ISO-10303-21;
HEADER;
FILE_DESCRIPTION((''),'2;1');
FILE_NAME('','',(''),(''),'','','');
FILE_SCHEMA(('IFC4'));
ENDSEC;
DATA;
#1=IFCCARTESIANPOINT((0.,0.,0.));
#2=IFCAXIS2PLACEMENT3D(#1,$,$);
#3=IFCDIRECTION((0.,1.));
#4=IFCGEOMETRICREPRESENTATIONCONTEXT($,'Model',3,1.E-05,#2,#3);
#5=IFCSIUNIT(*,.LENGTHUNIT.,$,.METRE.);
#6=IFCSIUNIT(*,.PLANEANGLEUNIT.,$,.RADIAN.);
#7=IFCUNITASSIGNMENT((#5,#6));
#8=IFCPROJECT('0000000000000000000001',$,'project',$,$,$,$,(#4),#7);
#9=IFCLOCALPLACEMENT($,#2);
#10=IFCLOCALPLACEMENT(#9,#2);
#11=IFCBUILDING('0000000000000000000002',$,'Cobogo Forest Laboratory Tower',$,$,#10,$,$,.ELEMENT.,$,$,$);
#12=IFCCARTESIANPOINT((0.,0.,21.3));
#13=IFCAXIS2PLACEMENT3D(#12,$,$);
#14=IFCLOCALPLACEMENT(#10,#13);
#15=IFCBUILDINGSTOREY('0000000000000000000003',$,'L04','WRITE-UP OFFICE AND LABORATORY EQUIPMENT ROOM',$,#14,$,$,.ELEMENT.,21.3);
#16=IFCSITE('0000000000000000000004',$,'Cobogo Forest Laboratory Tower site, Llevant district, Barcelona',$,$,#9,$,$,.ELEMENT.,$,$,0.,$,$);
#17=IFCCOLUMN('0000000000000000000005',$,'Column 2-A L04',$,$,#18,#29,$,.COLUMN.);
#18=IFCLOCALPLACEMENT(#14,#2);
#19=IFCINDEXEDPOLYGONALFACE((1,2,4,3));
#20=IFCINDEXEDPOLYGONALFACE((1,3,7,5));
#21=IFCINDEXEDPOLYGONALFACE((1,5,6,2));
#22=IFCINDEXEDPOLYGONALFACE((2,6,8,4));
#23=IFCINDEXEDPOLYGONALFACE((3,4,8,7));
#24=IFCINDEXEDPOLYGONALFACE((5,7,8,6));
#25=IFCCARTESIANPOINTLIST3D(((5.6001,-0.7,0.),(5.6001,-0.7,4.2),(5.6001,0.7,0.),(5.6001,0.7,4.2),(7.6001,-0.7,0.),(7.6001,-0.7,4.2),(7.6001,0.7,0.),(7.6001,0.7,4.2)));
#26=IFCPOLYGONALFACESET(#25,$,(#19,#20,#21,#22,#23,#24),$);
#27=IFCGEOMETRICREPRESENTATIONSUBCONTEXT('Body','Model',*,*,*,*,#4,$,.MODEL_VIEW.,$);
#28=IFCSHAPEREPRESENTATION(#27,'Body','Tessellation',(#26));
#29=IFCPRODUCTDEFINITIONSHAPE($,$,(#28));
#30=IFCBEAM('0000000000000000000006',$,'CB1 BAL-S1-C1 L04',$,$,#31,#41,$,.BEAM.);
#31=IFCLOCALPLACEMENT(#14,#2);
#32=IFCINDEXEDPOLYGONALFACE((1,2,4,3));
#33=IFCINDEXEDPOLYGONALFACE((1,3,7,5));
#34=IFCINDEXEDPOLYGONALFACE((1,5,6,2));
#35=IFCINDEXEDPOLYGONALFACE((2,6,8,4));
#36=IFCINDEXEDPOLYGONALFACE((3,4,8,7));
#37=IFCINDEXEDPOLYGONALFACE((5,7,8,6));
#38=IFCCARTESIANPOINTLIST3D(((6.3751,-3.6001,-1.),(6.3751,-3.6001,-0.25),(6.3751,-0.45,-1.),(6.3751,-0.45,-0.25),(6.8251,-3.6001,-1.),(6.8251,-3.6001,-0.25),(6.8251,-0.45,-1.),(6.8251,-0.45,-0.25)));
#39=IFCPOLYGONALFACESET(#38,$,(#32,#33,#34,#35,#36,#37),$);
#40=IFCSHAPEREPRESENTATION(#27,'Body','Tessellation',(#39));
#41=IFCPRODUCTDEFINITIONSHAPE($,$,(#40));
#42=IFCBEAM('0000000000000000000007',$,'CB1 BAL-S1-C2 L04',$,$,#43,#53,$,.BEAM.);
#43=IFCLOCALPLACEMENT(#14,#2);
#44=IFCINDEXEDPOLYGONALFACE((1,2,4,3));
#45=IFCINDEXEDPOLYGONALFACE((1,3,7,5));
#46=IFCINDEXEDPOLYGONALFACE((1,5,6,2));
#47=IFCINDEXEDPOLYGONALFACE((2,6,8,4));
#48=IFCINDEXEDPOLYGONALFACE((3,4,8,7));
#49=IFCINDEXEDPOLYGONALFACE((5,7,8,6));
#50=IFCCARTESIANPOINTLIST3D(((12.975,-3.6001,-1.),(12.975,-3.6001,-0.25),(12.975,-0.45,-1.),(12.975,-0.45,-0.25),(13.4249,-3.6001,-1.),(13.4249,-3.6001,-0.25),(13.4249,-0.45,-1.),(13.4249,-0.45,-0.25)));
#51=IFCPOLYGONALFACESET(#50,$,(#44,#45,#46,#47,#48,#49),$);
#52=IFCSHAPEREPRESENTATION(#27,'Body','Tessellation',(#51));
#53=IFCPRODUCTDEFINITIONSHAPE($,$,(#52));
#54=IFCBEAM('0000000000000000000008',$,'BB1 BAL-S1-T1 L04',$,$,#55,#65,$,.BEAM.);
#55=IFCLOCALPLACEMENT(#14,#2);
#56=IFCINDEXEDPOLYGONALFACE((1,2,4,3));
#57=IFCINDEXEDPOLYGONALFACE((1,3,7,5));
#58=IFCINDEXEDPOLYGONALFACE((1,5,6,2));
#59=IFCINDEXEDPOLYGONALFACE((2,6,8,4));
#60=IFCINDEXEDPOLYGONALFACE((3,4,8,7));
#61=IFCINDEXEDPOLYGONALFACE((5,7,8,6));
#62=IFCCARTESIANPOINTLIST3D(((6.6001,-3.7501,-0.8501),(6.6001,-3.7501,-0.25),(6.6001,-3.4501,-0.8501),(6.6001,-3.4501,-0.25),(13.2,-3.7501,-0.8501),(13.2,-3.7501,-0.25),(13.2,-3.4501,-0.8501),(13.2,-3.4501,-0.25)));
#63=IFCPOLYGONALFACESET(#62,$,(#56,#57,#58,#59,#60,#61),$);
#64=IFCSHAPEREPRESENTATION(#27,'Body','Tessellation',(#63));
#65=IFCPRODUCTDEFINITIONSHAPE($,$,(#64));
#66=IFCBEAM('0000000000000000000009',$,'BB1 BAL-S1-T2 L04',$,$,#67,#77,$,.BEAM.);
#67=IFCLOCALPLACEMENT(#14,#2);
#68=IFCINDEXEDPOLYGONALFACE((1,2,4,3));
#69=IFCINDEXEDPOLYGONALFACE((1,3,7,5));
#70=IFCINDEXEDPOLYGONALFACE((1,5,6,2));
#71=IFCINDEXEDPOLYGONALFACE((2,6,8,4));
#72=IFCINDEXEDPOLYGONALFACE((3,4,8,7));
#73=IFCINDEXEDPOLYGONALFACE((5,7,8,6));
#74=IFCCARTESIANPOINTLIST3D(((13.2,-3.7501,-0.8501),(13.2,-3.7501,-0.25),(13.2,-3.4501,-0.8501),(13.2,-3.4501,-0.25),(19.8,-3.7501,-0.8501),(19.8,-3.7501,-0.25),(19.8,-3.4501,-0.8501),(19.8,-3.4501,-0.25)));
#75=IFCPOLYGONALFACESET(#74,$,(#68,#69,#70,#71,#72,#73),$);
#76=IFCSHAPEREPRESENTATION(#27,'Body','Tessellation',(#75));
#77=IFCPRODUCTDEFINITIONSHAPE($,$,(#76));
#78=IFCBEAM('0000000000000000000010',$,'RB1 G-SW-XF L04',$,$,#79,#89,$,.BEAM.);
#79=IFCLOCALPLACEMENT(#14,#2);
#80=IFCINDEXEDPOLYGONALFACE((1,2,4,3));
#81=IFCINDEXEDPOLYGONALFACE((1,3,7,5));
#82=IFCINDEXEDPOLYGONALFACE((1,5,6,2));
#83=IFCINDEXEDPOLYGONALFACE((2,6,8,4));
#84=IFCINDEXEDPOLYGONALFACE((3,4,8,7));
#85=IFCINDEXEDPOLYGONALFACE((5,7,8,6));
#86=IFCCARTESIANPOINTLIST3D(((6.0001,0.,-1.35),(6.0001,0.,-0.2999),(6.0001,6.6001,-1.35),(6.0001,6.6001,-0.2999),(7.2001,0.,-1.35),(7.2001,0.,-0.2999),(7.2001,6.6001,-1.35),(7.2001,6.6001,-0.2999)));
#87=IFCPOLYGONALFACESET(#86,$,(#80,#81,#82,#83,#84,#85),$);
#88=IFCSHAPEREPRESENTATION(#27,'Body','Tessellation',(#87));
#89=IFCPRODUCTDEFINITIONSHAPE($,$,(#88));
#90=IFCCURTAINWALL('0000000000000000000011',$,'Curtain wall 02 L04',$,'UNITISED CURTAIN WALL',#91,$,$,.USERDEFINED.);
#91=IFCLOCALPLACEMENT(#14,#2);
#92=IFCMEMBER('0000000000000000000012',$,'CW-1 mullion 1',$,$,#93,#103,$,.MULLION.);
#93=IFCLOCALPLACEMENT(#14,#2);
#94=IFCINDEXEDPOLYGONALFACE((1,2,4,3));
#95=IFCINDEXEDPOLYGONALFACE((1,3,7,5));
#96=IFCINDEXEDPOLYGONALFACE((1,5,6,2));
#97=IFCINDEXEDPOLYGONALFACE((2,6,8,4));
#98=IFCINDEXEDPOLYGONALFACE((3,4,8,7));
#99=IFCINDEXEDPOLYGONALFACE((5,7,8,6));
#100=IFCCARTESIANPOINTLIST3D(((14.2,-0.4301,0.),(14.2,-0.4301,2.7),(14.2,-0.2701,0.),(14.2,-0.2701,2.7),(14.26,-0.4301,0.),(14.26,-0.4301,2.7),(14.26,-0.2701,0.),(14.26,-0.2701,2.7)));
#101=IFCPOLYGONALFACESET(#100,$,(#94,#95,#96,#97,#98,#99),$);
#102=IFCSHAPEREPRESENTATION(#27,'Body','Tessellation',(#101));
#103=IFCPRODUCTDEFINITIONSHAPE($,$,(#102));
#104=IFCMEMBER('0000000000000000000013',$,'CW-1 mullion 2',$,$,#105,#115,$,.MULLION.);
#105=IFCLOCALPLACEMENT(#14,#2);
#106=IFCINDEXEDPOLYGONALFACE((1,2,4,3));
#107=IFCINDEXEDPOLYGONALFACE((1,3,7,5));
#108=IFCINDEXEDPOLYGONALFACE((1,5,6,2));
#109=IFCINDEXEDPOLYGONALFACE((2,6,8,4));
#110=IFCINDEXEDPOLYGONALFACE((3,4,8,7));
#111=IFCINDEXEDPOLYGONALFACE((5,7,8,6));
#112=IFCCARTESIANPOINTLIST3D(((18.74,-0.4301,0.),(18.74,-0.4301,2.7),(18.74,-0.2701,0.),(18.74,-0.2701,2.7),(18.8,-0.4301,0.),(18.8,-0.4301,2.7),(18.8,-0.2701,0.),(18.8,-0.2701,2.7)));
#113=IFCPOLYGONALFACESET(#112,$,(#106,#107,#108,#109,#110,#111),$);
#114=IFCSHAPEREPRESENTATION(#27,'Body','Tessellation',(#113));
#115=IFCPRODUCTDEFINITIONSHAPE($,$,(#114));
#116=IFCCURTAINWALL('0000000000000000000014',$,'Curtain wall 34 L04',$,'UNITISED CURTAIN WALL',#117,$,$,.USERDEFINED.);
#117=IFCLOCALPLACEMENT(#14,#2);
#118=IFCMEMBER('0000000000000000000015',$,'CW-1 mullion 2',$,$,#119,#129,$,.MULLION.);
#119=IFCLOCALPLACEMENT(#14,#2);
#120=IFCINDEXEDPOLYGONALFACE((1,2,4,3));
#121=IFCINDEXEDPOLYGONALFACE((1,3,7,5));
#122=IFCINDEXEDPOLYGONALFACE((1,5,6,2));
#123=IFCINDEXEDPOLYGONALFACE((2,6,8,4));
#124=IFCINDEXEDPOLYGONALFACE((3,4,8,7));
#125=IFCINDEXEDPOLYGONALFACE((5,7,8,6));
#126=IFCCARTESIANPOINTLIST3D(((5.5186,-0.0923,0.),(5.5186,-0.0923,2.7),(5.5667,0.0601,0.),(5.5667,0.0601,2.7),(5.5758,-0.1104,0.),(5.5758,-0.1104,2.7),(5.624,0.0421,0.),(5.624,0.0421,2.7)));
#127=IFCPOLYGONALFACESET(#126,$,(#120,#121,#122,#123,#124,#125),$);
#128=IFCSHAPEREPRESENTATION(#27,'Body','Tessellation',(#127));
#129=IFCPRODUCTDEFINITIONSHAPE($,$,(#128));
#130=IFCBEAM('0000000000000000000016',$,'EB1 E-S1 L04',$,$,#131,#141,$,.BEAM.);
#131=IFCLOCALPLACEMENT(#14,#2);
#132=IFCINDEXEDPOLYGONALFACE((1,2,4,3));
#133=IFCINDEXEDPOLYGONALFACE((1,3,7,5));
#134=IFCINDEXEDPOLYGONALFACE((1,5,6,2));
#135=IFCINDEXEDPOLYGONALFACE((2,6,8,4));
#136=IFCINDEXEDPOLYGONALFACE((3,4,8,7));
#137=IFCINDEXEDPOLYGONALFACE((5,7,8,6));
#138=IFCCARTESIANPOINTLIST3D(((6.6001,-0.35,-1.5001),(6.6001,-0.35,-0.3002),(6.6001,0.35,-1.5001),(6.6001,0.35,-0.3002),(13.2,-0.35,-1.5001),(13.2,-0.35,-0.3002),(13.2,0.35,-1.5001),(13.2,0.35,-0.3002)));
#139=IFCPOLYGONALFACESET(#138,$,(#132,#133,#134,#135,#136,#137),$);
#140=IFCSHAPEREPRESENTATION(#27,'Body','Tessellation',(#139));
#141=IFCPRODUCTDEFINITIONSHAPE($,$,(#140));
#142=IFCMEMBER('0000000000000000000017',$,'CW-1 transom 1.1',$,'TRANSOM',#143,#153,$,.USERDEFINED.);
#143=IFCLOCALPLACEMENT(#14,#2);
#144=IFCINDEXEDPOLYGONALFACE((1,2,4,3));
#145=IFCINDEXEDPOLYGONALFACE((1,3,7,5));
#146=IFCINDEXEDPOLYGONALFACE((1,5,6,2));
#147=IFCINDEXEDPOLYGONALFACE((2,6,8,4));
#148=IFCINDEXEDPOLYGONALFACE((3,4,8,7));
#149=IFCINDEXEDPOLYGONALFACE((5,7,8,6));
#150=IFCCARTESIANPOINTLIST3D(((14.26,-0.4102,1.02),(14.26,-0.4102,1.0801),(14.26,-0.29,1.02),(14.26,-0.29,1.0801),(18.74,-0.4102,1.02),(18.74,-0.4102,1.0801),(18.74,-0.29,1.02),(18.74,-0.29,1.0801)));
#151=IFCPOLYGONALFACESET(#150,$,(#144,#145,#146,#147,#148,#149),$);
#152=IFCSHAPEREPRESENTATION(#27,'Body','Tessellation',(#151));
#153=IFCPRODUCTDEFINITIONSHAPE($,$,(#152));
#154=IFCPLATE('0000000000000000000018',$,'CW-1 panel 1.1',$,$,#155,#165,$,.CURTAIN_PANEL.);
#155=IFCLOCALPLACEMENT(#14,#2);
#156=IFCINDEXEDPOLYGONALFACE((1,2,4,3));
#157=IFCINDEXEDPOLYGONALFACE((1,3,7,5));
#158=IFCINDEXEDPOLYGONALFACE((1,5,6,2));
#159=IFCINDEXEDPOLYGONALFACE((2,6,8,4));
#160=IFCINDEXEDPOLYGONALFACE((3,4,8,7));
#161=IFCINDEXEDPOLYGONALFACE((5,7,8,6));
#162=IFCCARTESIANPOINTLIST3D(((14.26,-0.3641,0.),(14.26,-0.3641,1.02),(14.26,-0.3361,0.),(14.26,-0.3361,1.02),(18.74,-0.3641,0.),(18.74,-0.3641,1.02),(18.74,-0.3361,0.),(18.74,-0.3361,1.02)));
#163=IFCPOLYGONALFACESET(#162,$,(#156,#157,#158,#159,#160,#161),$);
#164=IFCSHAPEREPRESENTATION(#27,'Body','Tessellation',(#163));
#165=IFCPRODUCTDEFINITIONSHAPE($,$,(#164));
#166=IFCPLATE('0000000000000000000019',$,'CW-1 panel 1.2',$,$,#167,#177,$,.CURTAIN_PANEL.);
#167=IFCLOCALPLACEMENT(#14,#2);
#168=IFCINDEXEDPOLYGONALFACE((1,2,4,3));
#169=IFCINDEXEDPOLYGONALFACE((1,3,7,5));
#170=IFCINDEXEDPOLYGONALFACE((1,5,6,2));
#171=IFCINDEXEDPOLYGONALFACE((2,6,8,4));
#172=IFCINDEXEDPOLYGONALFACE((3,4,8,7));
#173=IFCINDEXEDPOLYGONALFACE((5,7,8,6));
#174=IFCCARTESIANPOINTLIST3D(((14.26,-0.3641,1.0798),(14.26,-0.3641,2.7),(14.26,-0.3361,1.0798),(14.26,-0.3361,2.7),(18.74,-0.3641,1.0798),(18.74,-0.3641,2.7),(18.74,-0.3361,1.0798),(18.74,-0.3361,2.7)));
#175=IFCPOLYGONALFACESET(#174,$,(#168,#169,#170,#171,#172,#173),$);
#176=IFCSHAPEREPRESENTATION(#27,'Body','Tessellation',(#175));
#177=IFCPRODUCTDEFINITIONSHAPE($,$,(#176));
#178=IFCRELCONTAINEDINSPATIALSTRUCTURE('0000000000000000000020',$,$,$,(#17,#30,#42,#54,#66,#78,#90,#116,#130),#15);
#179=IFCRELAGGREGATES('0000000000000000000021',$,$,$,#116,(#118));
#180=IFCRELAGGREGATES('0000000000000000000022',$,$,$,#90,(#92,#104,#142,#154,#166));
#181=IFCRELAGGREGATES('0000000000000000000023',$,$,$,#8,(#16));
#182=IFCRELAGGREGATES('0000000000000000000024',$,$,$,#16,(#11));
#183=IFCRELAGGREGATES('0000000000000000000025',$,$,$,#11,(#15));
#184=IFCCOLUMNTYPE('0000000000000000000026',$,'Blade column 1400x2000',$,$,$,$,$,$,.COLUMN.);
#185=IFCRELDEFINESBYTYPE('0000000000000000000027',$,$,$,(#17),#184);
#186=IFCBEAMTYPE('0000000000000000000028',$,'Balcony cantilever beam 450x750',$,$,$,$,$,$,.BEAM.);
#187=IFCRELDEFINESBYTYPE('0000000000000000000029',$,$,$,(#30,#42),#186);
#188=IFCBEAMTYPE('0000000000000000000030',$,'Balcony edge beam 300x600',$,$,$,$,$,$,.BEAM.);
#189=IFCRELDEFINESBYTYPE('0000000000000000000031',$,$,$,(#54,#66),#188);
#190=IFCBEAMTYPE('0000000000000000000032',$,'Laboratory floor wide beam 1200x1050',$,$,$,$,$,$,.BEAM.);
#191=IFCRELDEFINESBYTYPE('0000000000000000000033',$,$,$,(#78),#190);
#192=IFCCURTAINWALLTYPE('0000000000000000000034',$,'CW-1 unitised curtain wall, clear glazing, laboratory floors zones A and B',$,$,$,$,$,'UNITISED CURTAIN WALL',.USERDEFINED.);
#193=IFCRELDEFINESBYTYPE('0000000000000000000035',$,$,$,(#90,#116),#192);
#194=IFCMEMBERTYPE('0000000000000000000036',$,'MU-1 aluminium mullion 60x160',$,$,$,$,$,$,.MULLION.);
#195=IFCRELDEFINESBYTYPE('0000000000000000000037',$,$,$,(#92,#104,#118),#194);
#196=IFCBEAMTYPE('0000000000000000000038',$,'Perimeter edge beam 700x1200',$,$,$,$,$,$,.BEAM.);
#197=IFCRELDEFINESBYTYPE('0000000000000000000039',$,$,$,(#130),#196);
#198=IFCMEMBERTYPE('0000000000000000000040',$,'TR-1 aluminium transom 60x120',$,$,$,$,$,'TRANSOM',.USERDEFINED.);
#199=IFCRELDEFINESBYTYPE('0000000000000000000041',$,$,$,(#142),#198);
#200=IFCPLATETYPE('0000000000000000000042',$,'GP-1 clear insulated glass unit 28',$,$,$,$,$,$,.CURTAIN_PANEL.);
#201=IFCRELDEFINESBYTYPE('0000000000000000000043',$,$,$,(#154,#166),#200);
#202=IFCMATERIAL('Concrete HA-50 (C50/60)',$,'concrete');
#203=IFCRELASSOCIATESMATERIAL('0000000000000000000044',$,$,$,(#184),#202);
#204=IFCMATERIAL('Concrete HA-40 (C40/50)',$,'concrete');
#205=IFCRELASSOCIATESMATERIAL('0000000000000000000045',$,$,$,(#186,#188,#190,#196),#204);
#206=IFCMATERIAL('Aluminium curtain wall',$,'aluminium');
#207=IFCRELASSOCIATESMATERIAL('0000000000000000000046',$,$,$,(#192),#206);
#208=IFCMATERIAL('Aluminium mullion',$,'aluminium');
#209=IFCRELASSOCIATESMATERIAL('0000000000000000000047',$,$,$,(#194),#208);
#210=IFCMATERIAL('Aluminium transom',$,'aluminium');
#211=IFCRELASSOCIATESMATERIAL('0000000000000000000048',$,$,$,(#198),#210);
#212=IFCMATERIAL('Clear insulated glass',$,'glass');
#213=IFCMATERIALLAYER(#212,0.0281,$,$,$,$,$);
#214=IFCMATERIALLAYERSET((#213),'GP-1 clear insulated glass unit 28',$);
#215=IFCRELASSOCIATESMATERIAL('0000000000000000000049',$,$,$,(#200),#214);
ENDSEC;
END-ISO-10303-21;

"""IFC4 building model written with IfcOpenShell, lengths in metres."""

from ifc_helpers import new_model, si_unit, direction, frame, origin, origin_2d, place, context, subcontext, project, spatial, rectangle, extrude, material, layer, layer_set, material_profile, profile_set, type_object, element, aggregate, save


model = new_model("IFC4")

# Units and contexts
model_context = context("Model", 3, precision=1e-05, world=origin(), true_north=direction((0.0, 1.0)))
body_context = subcontext(model_context, "Body", "Model", "MODEL_VIEW")
ifc_project = project(units=[si_unit("LENGTHUNIT", "METRE"), si_unit("PLANEANGLEUNIT", "RADIAN")], contexts=[model_context])

# Site, building, storey
site_placement = place(None, origin())
site = spatial("IfcSite", under=ifc_project, at=site_placement, Name="Cobogo Forest Laboratory Tower site, Llevant district, Barcelona", CompositionType="ELEMENT", RefElevation=0.0)
building_placement = place(site_placement, origin())
building = spatial("IfcBuilding", under=site, at=building_placement, Name="Cobogo Forest Laboratory Tower", CompositionType="ELEMENT")
storey_placement = place(building_placement, frame((0.0, 0.0, 21.3)))
storey = spatial("IfcBuildingStorey", under=building, at=storey_placement, Name="L04", Description="WRITE-UP OFFICE AND LABORATORY EQUIPMENT ROOM", CompositionType="ELEMENT", Elevation=21.3)

# Column
ifc_material_1 = material(Name="Concrete HA-50 (C50/60)", Category="concrete")
ifc_material_profile_1 = material_profile(ifc_material_1, rectangle(XDim=2.0, YDim=1.3999, at=origin_2d()), Name="RC 1400x2000")
ifc_profile_set_1 = profile_set([ifc_material_profile_1], Name="Concrete HA-50 (C50/60)")
column_type = type_object("IfcColumnType", Name="Blade column 1400x2000", PredefinedType="COLUMN", material=ifc_profile_set_1)
column_placement = place(storey_placement, frame((6.6001, 0.0, 0.0), z_axis=(0.0, 0.0, 1.0), x_axis=(1.0, 0.0, 0.0)))
element("IfcColumn", 1, at=column_placement, inside=storey, type_object=column_type, Name="Column 2-A L04", PredefinedType="COLUMN", context=body_context, shape_type="SweptSolid", body=[
    extrude(rectangle(XDim=2.0, YDim=1.3999, at=origin_2d()), origin(), (0.0, 0.0, 1.0), 4.2),
])

# Beams
ifc_material_2 = material(Name="Concrete HA-40 (C40/50)", Category="concrete")
ifc_material_profile_2 = material_profile(ifc_material_2, rectangle(XDim=0.45, YDim=0.75, at=origin_2d()), Name="RC 450x750")
ifc_profile_set_2 = profile_set([ifc_material_profile_2], Name="Concrete HA-40 (C40/50)")
beam_type_1 = type_object("IfcBeamType", Name="Balcony cantilever beam 450x750", PredefinedType="BEAM", material=ifc_profile_set_2)
for number, where, z_axis, x_axis, name in (
    (2, (6.6001, -0.45, -0.625), (0.0, -1.0, 0.0), (1.0, 0.0, 0.0), "CB1 BAL-S1-C1 L04"),
    (3, (13.2, -0.45, -0.625), (0.0, -1.0, 0.0), (1.0, 0.0, 0.0), "CB1 BAL-S1-C2 L04"),
):
    element("IfcBeam", number, at=place(storey_placement, frame(where, z_axis=z_axis, x_axis=x_axis)), inside=storey, type_object=beam_type_1, Name=name, PredefinedType="BEAM", context=body_context, shape_type="SweptSolid", body=[
        extrude(rectangle(XDim=0.45, YDim=0.75, at=origin_2d()), origin(), (0.0, 0.0, 1.0), 3.1501),
    ])
ifc_material_profile_3 = material_profile(ifc_material_2, rectangle(XDim=0.3, YDim=0.6001, at=origin_2d()), Name="RC 300x600")
ifc_profile_set_3 = profile_set([ifc_material_profile_3], Name="Concrete HA-40 (C40/50)")
beam_type_2 = type_object("IfcBeamType", Name="Balcony edge beam 300x600", PredefinedType="BEAM", material=ifc_profile_set_3)
beam_1_placement = place(storey_placement, frame((6.6001, -3.6001, -0.55), z_axis=(1.0, 0.0, 0.0), x_axis=(0.0, 1.0, 0.0)))
element("IfcBeam", 4, at=beam_1_placement, inside=storey, type_object=beam_type_2, Name="BB1 BAL-S1-T1 L04", PredefinedType="BEAM", context=body_context, shape_type="SweptSolid", body=[
    extrude(rectangle(XDim=0.3, YDim=0.6001, at=origin_2d()), origin(), (0.0, 0.0, 1.0), 6.5999),
])
beam_2_placement = place(storey_placement, frame((13.2, -3.6001, -0.55), z_axis=(1.0, 0.0, 0.0), x_axis=(0.0, 1.0, 0.0)))
element("IfcBeam", 5, at=beam_2_placement, inside=storey, type_object=beam_type_2, Name="BB1 BAL-S1-T2 L04", PredefinedType="BEAM", context=body_context, shape_type="SweptSolid", body=[
    extrude(rectangle(XDim=0.3, YDim=0.6001, at=origin_2d()), origin(), (0.0, 0.0, 1.0), 6.6001),
])
ifc_material_profile_4 = material_profile(ifc_material_2, rectangle(XDim=1.2, YDim=1.05, at=origin_2d()), Name="RC 1200x1050")
ifc_profile_set_4 = profile_set([ifc_material_profile_4], Name="Concrete HA-40 (C40/50)")
beam_type_3 = type_object("IfcBeamType", Name="Laboratory floor wide beam 1200x1050", PredefinedType="BEAM", material=ifc_profile_set_4)
beam_3_placement = place(storey_placement, frame((6.6001, 0.0, -0.825), z_axis=(0.0, 1.0, 0.0), x_axis=(-1.0, 0.0, 0.0)))
element("IfcBeam", 6, at=beam_3_placement, inside=storey, type_object=beam_type_3, Name="RB1 G-SW-XF L04", PredefinedType="BEAM", context=body_context, shape_type="SweptSolid", body=[
    extrude(rectangle(XDim=1.2, YDim=1.05, at=origin_2d()), origin(), (0.0, 0.0, 1.0), 6.6001),
])

# Curtain wall, members
ifc_material_3 = material(Name="Aluminium curtain wall", Category="aluminium")
curtain_wall_type = type_object("IfcCurtainWallType", Name="CW-1 unitised curtain wall, clear glazing, laboratory floors zones A and B", ElementType="UNITISED CURTAIN WALL", PredefinedType="USERDEFINED", material=ifc_material_3)
curtain_wall_1_placement = place(storey_placement, origin())
curtain_wall_1 = element("IfcCurtainWall", 7, at=curtain_wall_1_placement, inside=storey, type_object=curtain_wall_type, Name="Curtain wall 02 L04", ObjectType="UNITISED CURTAIN WALL", PredefinedType="USERDEFINED")
ifc_material_4 = material(Name="Aluminium mullion", Category="aluminium")
ifc_material_profile_5 = material_profile(ifc_material_4, rectangle(XDim=0.0601, YDim=0.1599, at=origin_2d()), Name="AL 60x160")
ifc_profile_set_5 = profile_set([ifc_material_profile_5], Name="Aluminium mullion")
member_type_1 = type_object("IfcMemberType", Name="MU-1 aluminium mullion 60x160", PredefinedType="MULLION", material=ifc_profile_set_5)
member_1_placement = place(storey_placement, frame((14.23, -0.3501, 0.0), z_axis=(0.0, 0.0, 1.0), x_axis=(1.0, 0.0, 0.0)))
member_1 = element("IfcMember", 8, at=member_1_placement, type_object=member_type_1, Name="CW-1 mullion 1", PredefinedType="MULLION", context=body_context, shape_type="SweptSolid", body=[
    extrude(rectangle(XDim=0.0601, YDim=0.1599, at=origin_2d()), origin(), (0.0, 0.0, 1.0), 2.7),
])
member_2_placement = place(storey_placement, frame((18.77, -0.3501, 0.0), z_axis=(0.0, 0.0, 1.0), x_axis=(1.0, 0.0, 0.0)))
member_2 = element("IfcMember", 9, at=member_2_placement, type_object=member_type_1, Name="CW-1 mullion 2", PredefinedType="MULLION", context=body_context, shape_type="SweptSolid", body=[
    extrude(rectangle(XDim=0.0601, YDim=0.1599, at=origin_2d()), origin(), (0.0, 0.0, 1.0), 2.7),
])

# Curtain wall, member
curtain_wall_2_placement = place(storey_placement, origin())
curtain_wall_2 = element("IfcCurtainWall", 10, at=curtain_wall_2_placement, inside=storey, type_object=curtain_wall_type, Name="Curtain wall 34 L04", ObjectType="UNITISED CURTAIN WALL", PredefinedType="USERDEFINED")
member_3_placement = place(storey_placement, frame((5.5713, -0.0251, 0.0), z_axis=(0.0, 0.0, 1.0), x_axis=(0.953581, -0.301135, 0.0)))
member_3 = element("IfcMember", 11, at=member_3_placement, type_object=member_type_1, Name="CW-1 mullion 2", PredefinedType="MULLION", context=body_context, shape_type="SweptSolid", body=[
    extrude(rectangle(XDim=0.0601, YDim=0.1599, at=origin_2d()), origin(), (0.0, 0.0, 1.0), 2.7),
])
aggregate(curtain_wall_2, [member_3])

# Beam
ifc_material_profile_6 = material_profile(ifc_material_2, rectangle(XDim=0.7, YDim=1.2, at=origin_2d()), Name="RC 700x1200")
ifc_profile_set_6 = profile_set([ifc_material_profile_6], Name="Concrete HA-40 (C40/50)")
beam_type_4 = type_object("IfcBeamType", Name="Perimeter edge beam 700x1200", PredefinedType="BEAM", material=ifc_profile_set_6)
beam_4_placement = place(storey_placement, frame((6.6001, 0.0, -0.9001), z_axis=(1.0, 0.0, 0.0), x_axis=(0.0, 1.0, 0.0)))
element("IfcBeam", 12, at=beam_4_placement, inside=storey, type_object=beam_type_4, Name="EB1 E-S1 L04", PredefinedType="BEAM", context=body_context, shape_type="SweptSolid", body=[
    extrude(rectangle(XDim=0.7, YDim=1.2, at=origin_2d()), origin(), (0.0, 0.0, 1.0), 6.5999),
])

# Member
ifc_material_5 = material(Name="Aluminium transom", Category="aluminium")
ifc_material_profile_7 = material_profile(ifc_material_5, rectangle(XDim=0.1201, YDim=0.0601, at=origin_2d()), Name="AL 60x120")
ifc_profile_set_7 = profile_set([ifc_material_profile_7], Name="Aluminium transom")
member_type_2 = type_object("IfcMemberType", Name="TR-1 aluminium transom 60x120", ElementType="TRANSOM", PredefinedType="USERDEFINED", material=ifc_profile_set_7)
member_4_placement = place(storey_placement, frame((14.26, -0.3501, 1.05), z_axis=(1.0, 0.0, 0.0), x_axis=(0.0, 1.0, 0.0)))
member_4 = element("IfcMember", 13, at=member_4_placement, type_object=member_type_2, Name="CW-1 transom 1.1", ObjectType="TRANSOM", PredefinedType="USERDEFINED", context=body_context, shape_type="SweptSolid", body=[
    extrude(rectangle(XDim=0.1201, YDim=0.0601, at=origin_2d()), origin(), (0.0, 0.0, 1.0), 4.48),
])

# Plates
ifc_material_6 = material(Name="Clear insulated glass", Category="glass")
ifc_layer_1 = layer(ifc_material_6, 0.0281)
ifc_layer_set_1 = layer_set([ifc_layer_1], Name="GP-1 clear insulated glass unit 28")
plate_type = type_object("IfcPlateType", Name="GP-1 clear insulated glass unit 28", PredefinedType="CURTAIN_PANEL", material=ifc_layer_set_1)
plate_1_placement = place(storey_placement, frame((16.5, -0.3501, 0.0), z_axis=(0.0, 0.0, 1.0), x_axis=(1.0, 0.0, 0.0)))
plate_1 = element("IfcPlate", 14, at=plate_1_placement, type_object=plate_type, Name="CW-1 panel 1.1", PredefinedType="CURTAIN_PANEL", context=body_context, shape_type="SweptSolid", body=[
    extrude(rectangle(XDim=4.48, YDim=0.0281, at=origin_2d()), origin(), (0.0, 0.0, 1.0), 1.02),
])
plate_2_placement = place(storey_placement, frame((16.5, -0.3501, 1.0798), z_axis=(0.0, 0.0, 1.0), x_axis=(1.0, 0.0, 0.0)))
plate_2 = element("IfcPlate", 15, at=plate_2_placement, type_object=plate_type, Name="CW-1 panel 1.2", PredefinedType="CURTAIN_PANEL", context=body_context, shape_type="SweptSolid", body=[
    extrude(rectangle(XDim=4.48, YDim=0.0281, at=origin_2d()), origin(), (0.0, 0.0, 1.0), 1.6201),
])
aggregate(curtain_wall_1, [member_1, member_2, member_4, plate_1, plate_2])

save(model, "model.ifc")
